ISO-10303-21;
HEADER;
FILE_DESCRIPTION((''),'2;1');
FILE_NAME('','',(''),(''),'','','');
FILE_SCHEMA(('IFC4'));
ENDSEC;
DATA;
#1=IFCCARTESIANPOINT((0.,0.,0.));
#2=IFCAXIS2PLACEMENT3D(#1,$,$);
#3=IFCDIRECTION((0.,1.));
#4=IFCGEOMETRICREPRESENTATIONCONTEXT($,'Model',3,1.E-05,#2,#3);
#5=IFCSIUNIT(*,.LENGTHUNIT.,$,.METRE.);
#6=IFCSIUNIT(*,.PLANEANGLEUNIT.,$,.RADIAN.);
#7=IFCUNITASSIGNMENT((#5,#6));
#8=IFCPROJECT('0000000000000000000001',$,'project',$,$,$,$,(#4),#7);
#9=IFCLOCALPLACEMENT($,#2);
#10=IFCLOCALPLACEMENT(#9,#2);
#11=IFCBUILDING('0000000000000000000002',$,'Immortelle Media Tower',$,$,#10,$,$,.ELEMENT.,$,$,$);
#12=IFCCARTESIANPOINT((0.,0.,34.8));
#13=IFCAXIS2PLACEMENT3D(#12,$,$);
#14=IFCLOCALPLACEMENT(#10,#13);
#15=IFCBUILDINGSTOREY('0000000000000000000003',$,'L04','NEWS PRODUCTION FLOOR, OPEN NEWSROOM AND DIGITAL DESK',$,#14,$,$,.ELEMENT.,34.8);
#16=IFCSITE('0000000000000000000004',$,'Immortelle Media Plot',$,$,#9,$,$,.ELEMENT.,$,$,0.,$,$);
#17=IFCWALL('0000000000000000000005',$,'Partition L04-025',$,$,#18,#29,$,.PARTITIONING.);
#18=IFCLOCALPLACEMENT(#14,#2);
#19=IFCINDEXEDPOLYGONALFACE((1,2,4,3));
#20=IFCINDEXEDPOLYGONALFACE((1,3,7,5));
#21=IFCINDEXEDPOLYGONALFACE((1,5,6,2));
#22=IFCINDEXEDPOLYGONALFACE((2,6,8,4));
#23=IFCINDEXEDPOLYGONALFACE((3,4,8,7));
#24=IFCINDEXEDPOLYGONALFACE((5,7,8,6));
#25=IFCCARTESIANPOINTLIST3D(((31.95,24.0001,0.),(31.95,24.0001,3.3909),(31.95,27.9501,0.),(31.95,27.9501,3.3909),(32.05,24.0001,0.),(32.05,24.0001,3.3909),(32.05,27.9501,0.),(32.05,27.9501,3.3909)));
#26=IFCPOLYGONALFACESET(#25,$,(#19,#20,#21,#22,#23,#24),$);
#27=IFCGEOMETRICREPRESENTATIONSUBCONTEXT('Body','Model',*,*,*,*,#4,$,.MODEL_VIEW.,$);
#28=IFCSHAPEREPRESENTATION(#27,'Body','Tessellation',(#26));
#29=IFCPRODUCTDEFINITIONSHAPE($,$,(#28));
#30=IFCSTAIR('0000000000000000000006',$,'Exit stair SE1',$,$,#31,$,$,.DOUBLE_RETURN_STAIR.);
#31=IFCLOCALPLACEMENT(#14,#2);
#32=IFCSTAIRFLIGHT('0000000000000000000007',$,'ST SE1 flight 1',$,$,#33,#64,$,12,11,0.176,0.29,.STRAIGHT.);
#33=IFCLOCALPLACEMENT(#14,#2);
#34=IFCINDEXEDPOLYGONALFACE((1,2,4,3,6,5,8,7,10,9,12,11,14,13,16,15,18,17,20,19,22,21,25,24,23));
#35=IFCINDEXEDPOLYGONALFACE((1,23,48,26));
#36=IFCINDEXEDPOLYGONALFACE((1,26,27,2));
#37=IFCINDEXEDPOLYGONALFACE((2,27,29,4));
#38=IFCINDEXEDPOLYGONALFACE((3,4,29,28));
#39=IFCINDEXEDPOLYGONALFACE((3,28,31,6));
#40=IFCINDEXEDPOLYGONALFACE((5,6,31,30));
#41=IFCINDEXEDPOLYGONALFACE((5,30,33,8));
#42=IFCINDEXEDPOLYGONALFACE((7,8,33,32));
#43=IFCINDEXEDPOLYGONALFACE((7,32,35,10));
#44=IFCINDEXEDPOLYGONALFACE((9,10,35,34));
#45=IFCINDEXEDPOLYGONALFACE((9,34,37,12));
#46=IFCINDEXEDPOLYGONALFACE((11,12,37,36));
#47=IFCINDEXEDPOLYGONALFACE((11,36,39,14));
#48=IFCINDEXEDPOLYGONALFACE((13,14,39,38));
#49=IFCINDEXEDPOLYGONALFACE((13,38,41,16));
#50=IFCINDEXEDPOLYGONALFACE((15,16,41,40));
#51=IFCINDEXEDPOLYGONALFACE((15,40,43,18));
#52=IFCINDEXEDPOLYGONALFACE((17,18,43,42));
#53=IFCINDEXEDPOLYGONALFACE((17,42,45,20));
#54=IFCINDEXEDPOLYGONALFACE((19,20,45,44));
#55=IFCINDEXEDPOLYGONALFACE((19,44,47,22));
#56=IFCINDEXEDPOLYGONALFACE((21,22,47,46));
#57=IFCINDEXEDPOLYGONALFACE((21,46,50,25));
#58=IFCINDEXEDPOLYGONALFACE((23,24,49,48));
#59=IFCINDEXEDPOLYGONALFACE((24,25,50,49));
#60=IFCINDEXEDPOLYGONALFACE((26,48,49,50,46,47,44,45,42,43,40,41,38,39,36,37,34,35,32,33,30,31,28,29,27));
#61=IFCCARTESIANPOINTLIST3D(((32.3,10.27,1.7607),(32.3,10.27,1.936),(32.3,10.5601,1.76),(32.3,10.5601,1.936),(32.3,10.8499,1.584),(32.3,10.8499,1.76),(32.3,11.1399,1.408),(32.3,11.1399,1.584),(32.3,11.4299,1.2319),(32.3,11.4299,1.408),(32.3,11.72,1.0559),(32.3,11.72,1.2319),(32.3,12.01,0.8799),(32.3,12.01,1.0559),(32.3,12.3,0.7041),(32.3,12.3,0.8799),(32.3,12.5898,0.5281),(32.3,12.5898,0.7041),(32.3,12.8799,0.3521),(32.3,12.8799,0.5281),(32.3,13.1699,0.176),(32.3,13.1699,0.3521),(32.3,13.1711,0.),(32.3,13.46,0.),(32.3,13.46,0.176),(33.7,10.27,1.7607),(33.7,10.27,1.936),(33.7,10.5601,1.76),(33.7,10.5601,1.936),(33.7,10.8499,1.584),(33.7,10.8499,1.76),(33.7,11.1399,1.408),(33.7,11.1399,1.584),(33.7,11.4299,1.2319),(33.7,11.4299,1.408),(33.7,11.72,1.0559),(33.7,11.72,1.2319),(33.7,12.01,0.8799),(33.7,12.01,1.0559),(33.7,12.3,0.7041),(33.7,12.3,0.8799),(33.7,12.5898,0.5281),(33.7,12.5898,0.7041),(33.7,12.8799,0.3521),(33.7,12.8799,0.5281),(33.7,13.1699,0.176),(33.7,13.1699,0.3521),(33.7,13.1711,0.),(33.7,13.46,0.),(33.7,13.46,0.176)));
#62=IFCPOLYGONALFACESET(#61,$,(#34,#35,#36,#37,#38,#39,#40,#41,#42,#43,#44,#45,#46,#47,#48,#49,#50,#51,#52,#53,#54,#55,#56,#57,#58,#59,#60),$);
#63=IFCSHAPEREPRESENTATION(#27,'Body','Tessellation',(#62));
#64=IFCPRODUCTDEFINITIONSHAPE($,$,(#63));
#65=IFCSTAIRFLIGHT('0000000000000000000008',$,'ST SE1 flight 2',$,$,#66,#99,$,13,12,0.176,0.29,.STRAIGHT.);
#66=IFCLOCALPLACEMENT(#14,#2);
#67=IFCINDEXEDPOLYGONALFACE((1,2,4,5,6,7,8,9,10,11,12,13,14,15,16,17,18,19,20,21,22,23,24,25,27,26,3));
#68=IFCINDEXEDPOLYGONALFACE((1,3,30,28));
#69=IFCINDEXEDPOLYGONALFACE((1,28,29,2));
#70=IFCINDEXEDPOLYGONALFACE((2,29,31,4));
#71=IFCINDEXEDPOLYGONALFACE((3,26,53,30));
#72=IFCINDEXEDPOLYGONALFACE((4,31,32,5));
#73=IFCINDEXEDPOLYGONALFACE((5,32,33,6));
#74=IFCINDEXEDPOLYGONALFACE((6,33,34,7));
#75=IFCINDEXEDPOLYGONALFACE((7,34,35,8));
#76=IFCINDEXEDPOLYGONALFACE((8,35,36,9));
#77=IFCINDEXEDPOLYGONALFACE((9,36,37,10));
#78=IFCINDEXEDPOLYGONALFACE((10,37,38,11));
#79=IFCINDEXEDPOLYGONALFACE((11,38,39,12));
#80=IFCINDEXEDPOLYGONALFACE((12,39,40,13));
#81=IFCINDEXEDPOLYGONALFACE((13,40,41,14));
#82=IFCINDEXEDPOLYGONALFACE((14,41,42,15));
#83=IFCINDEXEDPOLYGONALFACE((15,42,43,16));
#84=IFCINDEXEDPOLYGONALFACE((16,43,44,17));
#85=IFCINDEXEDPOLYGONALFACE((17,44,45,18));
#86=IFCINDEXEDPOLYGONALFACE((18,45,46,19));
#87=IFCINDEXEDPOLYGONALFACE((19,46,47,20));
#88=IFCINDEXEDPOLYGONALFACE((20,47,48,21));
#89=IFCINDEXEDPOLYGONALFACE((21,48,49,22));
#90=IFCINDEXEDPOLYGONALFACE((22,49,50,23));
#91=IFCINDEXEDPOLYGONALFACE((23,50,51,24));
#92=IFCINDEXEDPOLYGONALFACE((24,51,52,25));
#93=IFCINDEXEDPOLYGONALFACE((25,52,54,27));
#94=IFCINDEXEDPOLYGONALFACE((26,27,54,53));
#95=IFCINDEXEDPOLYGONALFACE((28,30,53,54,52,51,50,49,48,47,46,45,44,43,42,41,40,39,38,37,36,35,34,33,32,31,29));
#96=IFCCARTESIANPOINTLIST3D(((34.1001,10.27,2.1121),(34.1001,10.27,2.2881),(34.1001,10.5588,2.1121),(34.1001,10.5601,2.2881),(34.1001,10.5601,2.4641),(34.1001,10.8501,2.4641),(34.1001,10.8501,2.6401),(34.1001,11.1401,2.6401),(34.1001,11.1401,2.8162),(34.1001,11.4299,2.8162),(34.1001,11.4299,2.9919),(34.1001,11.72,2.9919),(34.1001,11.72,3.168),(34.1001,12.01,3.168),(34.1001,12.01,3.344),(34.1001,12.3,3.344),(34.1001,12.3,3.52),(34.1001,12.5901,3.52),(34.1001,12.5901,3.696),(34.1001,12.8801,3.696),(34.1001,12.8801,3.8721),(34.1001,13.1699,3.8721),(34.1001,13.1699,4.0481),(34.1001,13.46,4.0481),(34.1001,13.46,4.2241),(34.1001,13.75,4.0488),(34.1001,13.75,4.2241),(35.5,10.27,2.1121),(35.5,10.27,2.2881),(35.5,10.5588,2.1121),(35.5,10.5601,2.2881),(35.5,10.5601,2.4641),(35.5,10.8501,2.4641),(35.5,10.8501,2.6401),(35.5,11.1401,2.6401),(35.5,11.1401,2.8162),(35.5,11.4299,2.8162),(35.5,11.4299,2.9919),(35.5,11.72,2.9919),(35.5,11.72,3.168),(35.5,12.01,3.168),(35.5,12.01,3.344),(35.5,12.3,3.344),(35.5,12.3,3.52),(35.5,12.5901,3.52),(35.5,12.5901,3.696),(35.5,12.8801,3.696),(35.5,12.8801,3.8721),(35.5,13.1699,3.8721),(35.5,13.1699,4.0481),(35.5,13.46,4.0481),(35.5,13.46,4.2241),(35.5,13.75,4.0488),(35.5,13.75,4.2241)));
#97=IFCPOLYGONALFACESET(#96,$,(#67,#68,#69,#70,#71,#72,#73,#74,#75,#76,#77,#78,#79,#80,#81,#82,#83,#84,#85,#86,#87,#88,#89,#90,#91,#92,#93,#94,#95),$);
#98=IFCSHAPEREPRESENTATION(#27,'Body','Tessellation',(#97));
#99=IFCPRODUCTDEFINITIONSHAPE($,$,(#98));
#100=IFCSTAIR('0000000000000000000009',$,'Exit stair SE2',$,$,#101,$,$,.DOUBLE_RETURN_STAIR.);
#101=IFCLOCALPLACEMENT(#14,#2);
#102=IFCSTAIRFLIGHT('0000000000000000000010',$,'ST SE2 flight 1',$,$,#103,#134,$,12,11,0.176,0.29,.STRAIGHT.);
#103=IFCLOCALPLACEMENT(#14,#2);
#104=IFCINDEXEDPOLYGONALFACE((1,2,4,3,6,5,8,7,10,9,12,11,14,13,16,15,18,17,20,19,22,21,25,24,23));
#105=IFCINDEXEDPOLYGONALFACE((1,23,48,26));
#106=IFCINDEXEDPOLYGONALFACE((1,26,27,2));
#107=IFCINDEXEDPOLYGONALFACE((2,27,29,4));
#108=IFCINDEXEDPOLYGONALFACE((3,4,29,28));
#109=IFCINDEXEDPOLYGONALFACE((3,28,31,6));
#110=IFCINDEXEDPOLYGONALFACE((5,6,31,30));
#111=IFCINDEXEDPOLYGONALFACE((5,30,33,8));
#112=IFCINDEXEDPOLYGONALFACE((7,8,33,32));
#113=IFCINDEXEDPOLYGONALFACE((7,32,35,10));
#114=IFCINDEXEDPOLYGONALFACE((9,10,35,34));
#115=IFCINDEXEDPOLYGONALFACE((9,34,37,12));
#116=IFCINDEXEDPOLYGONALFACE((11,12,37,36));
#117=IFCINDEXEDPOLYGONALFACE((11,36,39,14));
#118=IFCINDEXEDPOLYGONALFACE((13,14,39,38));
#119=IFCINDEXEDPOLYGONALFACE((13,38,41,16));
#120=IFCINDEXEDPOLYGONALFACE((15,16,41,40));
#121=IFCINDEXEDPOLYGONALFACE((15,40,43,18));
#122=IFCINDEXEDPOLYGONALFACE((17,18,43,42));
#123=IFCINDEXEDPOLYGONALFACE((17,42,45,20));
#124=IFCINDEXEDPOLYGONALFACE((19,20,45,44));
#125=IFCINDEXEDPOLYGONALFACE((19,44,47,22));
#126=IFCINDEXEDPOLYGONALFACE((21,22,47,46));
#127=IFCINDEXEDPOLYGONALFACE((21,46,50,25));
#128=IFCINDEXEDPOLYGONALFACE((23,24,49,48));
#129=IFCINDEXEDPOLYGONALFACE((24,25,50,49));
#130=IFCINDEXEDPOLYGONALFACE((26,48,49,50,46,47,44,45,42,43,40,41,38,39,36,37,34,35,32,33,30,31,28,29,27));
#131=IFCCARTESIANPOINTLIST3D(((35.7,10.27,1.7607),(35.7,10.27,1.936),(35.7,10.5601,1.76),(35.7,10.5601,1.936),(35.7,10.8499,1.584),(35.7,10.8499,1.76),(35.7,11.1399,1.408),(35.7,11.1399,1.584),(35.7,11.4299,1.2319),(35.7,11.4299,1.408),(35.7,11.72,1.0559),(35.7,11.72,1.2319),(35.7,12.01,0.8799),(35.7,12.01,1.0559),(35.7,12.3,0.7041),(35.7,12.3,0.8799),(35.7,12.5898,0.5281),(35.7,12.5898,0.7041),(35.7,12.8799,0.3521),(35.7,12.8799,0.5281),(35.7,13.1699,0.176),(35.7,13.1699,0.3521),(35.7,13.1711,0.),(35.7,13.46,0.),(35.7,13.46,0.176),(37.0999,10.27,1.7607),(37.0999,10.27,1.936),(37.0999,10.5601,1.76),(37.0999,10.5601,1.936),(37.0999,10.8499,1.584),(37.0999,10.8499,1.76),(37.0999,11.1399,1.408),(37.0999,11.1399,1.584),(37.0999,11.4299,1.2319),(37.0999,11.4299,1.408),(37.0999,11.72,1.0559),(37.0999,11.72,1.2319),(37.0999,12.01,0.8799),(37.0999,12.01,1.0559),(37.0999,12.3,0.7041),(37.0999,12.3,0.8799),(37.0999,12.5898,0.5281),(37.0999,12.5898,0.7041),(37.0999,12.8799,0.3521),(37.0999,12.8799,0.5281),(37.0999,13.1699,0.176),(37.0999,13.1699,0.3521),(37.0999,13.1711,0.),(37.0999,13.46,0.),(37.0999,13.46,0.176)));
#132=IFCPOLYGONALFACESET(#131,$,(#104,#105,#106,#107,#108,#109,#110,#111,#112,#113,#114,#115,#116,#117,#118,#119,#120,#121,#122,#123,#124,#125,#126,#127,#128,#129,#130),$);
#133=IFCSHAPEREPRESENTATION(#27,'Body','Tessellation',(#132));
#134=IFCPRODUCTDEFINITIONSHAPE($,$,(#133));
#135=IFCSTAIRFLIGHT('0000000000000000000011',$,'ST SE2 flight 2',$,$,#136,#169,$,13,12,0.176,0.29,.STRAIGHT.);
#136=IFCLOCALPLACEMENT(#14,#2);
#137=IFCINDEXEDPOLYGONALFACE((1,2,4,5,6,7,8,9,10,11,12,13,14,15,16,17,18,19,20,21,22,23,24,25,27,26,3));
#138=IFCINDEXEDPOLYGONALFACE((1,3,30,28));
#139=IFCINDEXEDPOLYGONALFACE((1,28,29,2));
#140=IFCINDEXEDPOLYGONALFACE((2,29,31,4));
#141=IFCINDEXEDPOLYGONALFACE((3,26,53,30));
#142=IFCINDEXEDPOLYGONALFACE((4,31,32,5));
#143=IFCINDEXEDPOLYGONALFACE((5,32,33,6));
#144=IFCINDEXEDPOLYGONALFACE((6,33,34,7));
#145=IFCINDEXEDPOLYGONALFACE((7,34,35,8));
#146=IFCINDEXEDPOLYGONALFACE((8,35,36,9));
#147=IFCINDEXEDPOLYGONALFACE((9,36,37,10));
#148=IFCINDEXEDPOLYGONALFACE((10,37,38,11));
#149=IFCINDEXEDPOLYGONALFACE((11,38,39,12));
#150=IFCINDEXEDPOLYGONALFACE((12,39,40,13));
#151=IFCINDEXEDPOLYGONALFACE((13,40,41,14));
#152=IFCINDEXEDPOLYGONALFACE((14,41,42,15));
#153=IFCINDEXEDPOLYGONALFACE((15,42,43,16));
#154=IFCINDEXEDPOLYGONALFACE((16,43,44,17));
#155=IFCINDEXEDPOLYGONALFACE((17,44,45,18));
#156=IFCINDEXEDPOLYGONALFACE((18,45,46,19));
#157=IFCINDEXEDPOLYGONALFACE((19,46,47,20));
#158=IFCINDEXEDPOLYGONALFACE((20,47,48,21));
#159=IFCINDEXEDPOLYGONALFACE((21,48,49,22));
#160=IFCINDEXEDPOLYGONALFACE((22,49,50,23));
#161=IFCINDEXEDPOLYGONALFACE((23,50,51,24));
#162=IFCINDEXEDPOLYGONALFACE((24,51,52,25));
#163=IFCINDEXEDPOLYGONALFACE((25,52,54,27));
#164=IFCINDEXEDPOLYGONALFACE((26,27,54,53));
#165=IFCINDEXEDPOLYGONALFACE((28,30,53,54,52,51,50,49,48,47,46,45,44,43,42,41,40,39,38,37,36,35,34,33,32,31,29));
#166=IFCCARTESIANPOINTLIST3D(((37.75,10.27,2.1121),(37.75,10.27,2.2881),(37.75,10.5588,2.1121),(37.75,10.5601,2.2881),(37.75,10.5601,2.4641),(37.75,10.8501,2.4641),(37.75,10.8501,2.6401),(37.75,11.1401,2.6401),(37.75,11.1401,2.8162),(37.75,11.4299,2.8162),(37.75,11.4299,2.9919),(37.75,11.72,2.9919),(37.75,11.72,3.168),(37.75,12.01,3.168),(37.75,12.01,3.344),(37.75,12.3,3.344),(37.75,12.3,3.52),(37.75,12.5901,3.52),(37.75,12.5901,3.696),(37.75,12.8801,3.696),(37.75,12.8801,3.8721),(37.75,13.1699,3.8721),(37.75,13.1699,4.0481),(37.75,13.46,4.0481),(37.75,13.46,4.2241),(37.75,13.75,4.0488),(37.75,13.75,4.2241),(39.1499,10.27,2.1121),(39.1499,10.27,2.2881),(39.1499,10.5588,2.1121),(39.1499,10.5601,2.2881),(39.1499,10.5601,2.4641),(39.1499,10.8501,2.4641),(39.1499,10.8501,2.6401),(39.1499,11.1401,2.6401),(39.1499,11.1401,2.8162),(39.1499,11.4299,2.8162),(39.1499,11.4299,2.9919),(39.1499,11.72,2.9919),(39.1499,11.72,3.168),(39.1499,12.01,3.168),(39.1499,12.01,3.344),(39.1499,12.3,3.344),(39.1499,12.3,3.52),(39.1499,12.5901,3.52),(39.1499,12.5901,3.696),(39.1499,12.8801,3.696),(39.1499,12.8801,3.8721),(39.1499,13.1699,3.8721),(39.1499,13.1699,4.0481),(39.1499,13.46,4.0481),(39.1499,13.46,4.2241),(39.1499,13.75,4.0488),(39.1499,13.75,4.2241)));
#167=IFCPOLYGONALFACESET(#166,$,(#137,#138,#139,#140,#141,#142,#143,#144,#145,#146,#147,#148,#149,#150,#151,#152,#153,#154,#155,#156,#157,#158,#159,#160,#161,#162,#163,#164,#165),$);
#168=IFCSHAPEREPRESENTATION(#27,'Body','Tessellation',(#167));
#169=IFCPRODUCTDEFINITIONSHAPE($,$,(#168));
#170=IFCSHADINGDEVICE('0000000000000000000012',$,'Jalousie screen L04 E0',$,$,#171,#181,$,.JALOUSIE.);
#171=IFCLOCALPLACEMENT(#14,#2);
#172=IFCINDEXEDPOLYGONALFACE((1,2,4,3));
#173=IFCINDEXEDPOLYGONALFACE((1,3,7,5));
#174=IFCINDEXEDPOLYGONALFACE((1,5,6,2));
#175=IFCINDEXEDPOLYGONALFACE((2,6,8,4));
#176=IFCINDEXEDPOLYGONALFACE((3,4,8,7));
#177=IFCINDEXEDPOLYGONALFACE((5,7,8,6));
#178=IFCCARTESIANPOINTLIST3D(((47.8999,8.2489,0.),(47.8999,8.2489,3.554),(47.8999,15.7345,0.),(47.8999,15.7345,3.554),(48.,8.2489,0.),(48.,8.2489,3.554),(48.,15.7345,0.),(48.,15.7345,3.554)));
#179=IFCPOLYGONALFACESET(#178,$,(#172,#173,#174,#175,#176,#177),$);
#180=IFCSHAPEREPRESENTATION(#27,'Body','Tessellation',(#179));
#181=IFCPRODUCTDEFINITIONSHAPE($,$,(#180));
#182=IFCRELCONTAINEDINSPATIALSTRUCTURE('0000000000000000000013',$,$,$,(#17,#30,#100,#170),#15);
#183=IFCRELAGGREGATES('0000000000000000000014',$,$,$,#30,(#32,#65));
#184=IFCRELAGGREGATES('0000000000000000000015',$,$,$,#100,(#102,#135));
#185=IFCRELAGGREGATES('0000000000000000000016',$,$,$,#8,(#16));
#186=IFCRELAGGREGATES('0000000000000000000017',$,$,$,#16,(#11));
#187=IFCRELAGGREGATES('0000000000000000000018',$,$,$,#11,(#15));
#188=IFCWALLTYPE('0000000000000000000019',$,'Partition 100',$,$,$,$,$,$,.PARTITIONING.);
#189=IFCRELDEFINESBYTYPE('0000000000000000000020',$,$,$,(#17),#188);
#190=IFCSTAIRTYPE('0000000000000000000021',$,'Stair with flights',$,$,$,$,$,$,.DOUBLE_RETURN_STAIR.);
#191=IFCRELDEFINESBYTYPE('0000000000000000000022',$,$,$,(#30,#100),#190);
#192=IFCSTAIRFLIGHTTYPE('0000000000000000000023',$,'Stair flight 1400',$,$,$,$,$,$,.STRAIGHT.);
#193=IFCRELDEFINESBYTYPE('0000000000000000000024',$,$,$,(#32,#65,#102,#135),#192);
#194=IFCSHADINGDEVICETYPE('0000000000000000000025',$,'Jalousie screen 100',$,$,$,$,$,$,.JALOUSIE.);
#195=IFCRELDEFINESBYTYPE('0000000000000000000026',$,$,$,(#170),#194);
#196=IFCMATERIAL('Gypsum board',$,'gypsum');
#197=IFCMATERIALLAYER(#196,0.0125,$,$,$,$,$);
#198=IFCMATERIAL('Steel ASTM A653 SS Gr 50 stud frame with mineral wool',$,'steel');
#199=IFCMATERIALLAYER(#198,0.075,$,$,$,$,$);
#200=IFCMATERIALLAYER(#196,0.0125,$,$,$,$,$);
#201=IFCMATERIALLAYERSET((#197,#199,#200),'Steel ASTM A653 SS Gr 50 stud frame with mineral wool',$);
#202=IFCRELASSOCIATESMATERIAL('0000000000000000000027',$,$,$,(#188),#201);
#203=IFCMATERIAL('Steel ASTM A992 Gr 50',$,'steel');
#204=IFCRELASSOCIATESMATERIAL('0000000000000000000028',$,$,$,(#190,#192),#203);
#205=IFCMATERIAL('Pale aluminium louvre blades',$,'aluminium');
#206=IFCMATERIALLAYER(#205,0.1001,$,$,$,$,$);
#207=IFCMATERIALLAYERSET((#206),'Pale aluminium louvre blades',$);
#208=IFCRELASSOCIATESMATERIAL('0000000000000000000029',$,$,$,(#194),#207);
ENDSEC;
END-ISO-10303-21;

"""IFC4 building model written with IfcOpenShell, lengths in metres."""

from ifc_helpers import new_model, si_unit, direction, frame, frame_2d, origin, origin_2d, place, context, subcontext, project, spatial, polyline, rectangle, outline, extrude, material, layer, layer_set, type_object, element, aggregate, save


model = new_model("IFC4")

# Units and contexts
model_context = context("Model", 3, precision=1e-05, world=origin(), true_north=direction((0.0, 1.0)))
body_context = subcontext(model_context, "Body", "Model", "MODEL_VIEW")
ifc_project = project(units=[si_unit("LENGTHUNIT", "METRE"), si_unit("PLANEANGLEUNIT", "RADIAN")], contexts=[model_context])

# Site, building, storey
site_placement = place(None, origin())
site = spatial("IfcSite", under=ifc_project, at=site_placement, Name="Immortelle Media Plot", CompositionType="ELEMENT", RefElevation=0.0)
building_placement = place(site_placement, origin())
building = spatial("IfcBuilding", under=site, at=building_placement, Name="Immortelle Media Tower", CompositionType="ELEMENT")
storey_placement = place(building_placement, frame((0.0, 0.0, 34.8)))
storey = spatial("IfcBuildingStorey", under=building, at=storey_placement, Name="L04", Description="NEWS PRODUCTION FLOOR, OPEN NEWSROOM AND DIGITAL DESK", CompositionType="ELEMENT", Elevation=34.8)

# Shared definitions
ifc_material_1 = material(Name="Steel ASTM A992 Gr 50", Category="steel")

# Wall
ifc_material_2 = material(Name="Steel ASTM A653 SS Gr 50 stud frame with mineral wool", Category="steel")
ifc_material_3 = material(Name="Gypsum board", Category="gypsum")
ifc_layer_1 = layer(ifc_material_3, 0.0125)
ifc_layer_2 = layer(ifc_material_2, 0.075)
ifc_layer_3 = layer(ifc_material_3, 0.0125)
ifc_layer_set_1 = layer_set([ifc_layer_1, ifc_layer_2, ifc_layer_3], Name="Steel ASTM A653 SS Gr 50 stud frame with mineral wool")
wall_type_1 = type_object("IfcWallType", Name="Partition 100", PredefinedType="PARTITIONING", material=ifc_layer_set_1)
wall_1_placement = place(storey_placement, frame((32.0, 24.0, 0.0), z_axis=(0.0, 0.0, 1.0), x_axis=(0.0, 1.0, 0.0)))
element("IfcWall", 1, at=wall_1_placement, inside=storey, type_object=wall_type_1, Name="Partition L04-025", PredefinedType="PARTITIONING", context=body_context, shape_type="SweptSolid", body=[
    extrude(rectangle(XDim=3.95, YDim=0.1001, at=frame_2d((1.9751, 0.0))), origin(), (0.0, 0.0, 1.0), 3.3909),
])

# Stairs, stair flights
stair_type = type_object("IfcStairType", Name="Stair with flights", PredefinedType="DOUBLE_RETURN_STAIR", material=ifc_material_1)
stair_1_placement = place(storey_placement, origin())
stair_1 = element("IfcStair", 2, at=stair_1_placement, inside=storey, type_object=stair_type, Name="Exit stair SE1", PredefinedType="DOUBLE_RETURN_STAIR")
stair_flight_type = type_object("IfcStairFlightType", Name="Stair flight 1400", PredefinedType="STRAIGHT", material=ifc_material_1)
stair_flight_1_placement = place(storey_placement, frame((33.0, 13.46, 0.0), z_axis=(0.0, 0.0, 1.0), x_axis=(0.0, -1.0, 0.0)))
stair_flight_1 = element("IfcStairFlight", 3, at=stair_flight_1_placement, type_object=stair_flight_type, Name="ST SE1 flight 1", NumberOfRisers=12, NumberOfTreads=11, PredefinedType="STRAIGHT", RiserHeight=0.176, TreadLength=0.29, context=body_context, shape_type="SweptSolid", body=[
    extrude(outline(polyline([(0.0, 0.0), (0.0, 0.176), (0.29, 0.176), (0.29, 0.3521), (0.5801, 0.3521), (0.5801, 0.5281), (0.8701, 0.5281), (0.8701, 0.7041), (1.1599, 0.7041), (1.1599, 0.8799), (1.45, 0.8799), (1.45, 1.0559), (1.74, 1.0559), (1.74, 1.2319), (2.03, 1.2319), (2.03, 1.408), (2.3201, 1.408), (2.3201, 1.584), (2.6101, 1.584), (2.6101, 1.76), (2.8999, 1.76), (2.8999, 1.936), (3.1899, 1.936), (3.1899, 2.1121), (3.1899, 1.7607), (0.2888, 0.0), (0.0, 0.0)])), frame((0.0, 0.7, 0.0), z_axis=(0.0, -1.0, 0.0), x_axis=(1.0, 0.0, 0.0)), (0.0, 0.0, 1.0), 1.3999),
])
stair_flight_2_placement = place(storey_placement, frame((34.8, 10.27, 2.1121), z_axis=(0.0, 0.0, 1.0), x_axis=(0.0, 1.0, 0.0)))
stair_flight_2 = element("IfcStairFlight", 4, at=stair_flight_2_placement, type_object=stair_flight_type, Name="ST SE1 flight 2", NumberOfRisers=13, NumberOfTreads=12, PredefinedType="STRAIGHT", RiserHeight=0.176, TreadLength=0.29, context=body_context, shape_type="SweptSolid", body=[
    extrude(outline(polyline([(0.0, 0.0), (0.0, 0.176), (0.29, 0.176), (0.29, 0.3521), (0.5801, 0.3521), (0.5801, 0.5281), (0.8701, 0.5281), (0.8701, 0.7041), (1.1599, 0.7041), (1.1599, 0.8799), (1.45, 0.8799), (1.45, 1.0559), (1.74, 1.0559), (1.74, 1.2319), (2.03, 1.2319), (2.03, 1.408), (2.3201, 1.408), (2.3201, 1.584), (2.6101, 1.584), (2.6101, 1.76), (2.8999, 1.76), (2.8999, 1.936), (3.1899, 1.936), (3.1899, 2.1121), (3.48, 2.1121), (3.48, 2.2881), (3.48, 1.9368), (0.2888, 0.0), (0.0, 0.0)])), frame((0.0, 0.7, 0.0), z_axis=(0.0, -1.0, 0.0), x_axis=(1.0, 0.0, 0.0)), (0.0, 0.0, 1.0), 1.3999),
])
aggregate(stair_1, [stair_flight_1, stair_flight_2])
stair_2_placement = place(storey_placement, origin())
stair_2 = element("IfcStair", 5, at=stair_2_placement, inside=storey, type_object=stair_type, Name="Exit stair SE2", PredefinedType="DOUBLE_RETURN_STAIR")
stair_flight_3_placement = place(storey_placement, frame((36.3999, 13.46, 0.0), z_axis=(0.0, 0.0, 1.0), x_axis=(0.0, -1.0, 0.0)))
stair_flight_3 = element("IfcStairFlight", 6, at=stair_flight_3_placement, type_object=stair_flight_type, Name="ST SE2 flight 1", NumberOfRisers=12, NumberOfTreads=11, PredefinedType="STRAIGHT", RiserHeight=0.176, TreadLength=0.29, context=body_context, shape_type="SweptSolid", body=[
    extrude(outline(polyline([(0.0, 0.0), (0.0, 0.176), (0.29, 0.176), (0.29, 0.3521), (0.5801, 0.3521), (0.5801, 0.5281), (0.8701, 0.5281), (0.8701, 0.7041), (1.1599, 0.7041), (1.1599, 0.8799), (1.45, 0.8799), (1.45, 1.0559), (1.74, 1.0559), (1.74, 1.2319), (2.03, 1.2319), (2.03, 1.408), (2.3201, 1.408), (2.3201, 1.584), (2.6101, 1.584), (2.6101, 1.76), (2.8999, 1.76), (2.8999, 1.936), (3.1899, 1.936), (3.1899, 2.1121), (3.1899, 1.7607), (0.2888, 0.0), (0.0, 0.0)])), frame((0.0, 0.7, 0.0), z_axis=(0.0, -1.0, 0.0), x_axis=(1.0, 0.0, 0.0)), (0.0, 0.0, 1.0), 1.3999),
])
stair_flight_4_placement = place(storey_placement, frame((38.45, 10.27, 2.1121), z_axis=(0.0, 0.0, 1.0), x_axis=(0.0, 1.0, 0.0)))
stair_flight_4 = element("IfcStairFlight", 7, at=stair_flight_4_placement, type_object=stair_flight_type, Name="ST SE2 flight 2", NumberOfRisers=13, NumberOfTreads=12, PredefinedType="STRAIGHT", RiserHeight=0.176, TreadLength=0.29, context=body_context, shape_type="SweptSolid", body=[
    extrude(outline(polyline([(0.0, 0.0), (0.0, 0.176), (0.29, 0.176), (0.29, 0.3521), (0.5801, 0.3521), (0.5801, 0.5281), (0.8701, 0.5281), (0.8701, 0.7041), (1.1599, 0.7041), (1.1599, 0.8799), (1.45, 0.8799), (1.45, 1.0559), (1.74, 1.0559), (1.74, 1.2319), (2.03, 1.2319), (2.03, 1.408), (2.3201, 1.408), (2.3201, 1.584), (2.6101, 1.584), (2.6101, 1.76), (2.8999, 1.76), (2.8999, 1.936), (3.1899, 1.936), (3.1899, 2.1121), (3.48, 2.1121), (3.48, 2.2881), (3.48, 1.9368), (0.2888, 0.0), (0.0, 0.0)])), frame((0.0, 0.7, 0.0), z_axis=(0.0, -1.0, 0.0), x_axis=(1.0, 0.0, 0.0)), (0.0, 0.0, 1.0), 1.3999),
])
aggregate(stair_2, [stair_flight_3, stair_flight_4])

# Shading device
ifc_material_4 = material(Name="Pale aluminium louvre blades", Category="aluminium")
ifc_layer_4 = layer(ifc_material_4, 0.1001)
ifc_layer_set_2 = layer_set([ifc_layer_4], Name="Pale aluminium louvre blades")
shading_device_type = type_object("IfcShadingDeviceType", Name="Jalousie screen 100", PredefinedType="JALOUSIE", material=ifc_layer_set_2)
shading_device_placement = place(storey_placement, frame((47.95, 11.9917, 0.0), z_axis=(0.0, 0.0, 1.0), x_axis=(0.0, 1.0, 0.0)))
element("IfcShadingDevice", 8, at=shading_device_placement, inside=storey, type_object=shading_device_type, Name="Jalousie screen L04 E0", PredefinedType="JALOUSIE", context=body_context, shape_type="SweptSolid", body=[
    extrude(rectangle(XDim=7.4856, YDim=0.1001, at=origin_2d()), origin(), (0.0, 0.0, 1.0), 3.554),
])

save(model, "model.ifc")
